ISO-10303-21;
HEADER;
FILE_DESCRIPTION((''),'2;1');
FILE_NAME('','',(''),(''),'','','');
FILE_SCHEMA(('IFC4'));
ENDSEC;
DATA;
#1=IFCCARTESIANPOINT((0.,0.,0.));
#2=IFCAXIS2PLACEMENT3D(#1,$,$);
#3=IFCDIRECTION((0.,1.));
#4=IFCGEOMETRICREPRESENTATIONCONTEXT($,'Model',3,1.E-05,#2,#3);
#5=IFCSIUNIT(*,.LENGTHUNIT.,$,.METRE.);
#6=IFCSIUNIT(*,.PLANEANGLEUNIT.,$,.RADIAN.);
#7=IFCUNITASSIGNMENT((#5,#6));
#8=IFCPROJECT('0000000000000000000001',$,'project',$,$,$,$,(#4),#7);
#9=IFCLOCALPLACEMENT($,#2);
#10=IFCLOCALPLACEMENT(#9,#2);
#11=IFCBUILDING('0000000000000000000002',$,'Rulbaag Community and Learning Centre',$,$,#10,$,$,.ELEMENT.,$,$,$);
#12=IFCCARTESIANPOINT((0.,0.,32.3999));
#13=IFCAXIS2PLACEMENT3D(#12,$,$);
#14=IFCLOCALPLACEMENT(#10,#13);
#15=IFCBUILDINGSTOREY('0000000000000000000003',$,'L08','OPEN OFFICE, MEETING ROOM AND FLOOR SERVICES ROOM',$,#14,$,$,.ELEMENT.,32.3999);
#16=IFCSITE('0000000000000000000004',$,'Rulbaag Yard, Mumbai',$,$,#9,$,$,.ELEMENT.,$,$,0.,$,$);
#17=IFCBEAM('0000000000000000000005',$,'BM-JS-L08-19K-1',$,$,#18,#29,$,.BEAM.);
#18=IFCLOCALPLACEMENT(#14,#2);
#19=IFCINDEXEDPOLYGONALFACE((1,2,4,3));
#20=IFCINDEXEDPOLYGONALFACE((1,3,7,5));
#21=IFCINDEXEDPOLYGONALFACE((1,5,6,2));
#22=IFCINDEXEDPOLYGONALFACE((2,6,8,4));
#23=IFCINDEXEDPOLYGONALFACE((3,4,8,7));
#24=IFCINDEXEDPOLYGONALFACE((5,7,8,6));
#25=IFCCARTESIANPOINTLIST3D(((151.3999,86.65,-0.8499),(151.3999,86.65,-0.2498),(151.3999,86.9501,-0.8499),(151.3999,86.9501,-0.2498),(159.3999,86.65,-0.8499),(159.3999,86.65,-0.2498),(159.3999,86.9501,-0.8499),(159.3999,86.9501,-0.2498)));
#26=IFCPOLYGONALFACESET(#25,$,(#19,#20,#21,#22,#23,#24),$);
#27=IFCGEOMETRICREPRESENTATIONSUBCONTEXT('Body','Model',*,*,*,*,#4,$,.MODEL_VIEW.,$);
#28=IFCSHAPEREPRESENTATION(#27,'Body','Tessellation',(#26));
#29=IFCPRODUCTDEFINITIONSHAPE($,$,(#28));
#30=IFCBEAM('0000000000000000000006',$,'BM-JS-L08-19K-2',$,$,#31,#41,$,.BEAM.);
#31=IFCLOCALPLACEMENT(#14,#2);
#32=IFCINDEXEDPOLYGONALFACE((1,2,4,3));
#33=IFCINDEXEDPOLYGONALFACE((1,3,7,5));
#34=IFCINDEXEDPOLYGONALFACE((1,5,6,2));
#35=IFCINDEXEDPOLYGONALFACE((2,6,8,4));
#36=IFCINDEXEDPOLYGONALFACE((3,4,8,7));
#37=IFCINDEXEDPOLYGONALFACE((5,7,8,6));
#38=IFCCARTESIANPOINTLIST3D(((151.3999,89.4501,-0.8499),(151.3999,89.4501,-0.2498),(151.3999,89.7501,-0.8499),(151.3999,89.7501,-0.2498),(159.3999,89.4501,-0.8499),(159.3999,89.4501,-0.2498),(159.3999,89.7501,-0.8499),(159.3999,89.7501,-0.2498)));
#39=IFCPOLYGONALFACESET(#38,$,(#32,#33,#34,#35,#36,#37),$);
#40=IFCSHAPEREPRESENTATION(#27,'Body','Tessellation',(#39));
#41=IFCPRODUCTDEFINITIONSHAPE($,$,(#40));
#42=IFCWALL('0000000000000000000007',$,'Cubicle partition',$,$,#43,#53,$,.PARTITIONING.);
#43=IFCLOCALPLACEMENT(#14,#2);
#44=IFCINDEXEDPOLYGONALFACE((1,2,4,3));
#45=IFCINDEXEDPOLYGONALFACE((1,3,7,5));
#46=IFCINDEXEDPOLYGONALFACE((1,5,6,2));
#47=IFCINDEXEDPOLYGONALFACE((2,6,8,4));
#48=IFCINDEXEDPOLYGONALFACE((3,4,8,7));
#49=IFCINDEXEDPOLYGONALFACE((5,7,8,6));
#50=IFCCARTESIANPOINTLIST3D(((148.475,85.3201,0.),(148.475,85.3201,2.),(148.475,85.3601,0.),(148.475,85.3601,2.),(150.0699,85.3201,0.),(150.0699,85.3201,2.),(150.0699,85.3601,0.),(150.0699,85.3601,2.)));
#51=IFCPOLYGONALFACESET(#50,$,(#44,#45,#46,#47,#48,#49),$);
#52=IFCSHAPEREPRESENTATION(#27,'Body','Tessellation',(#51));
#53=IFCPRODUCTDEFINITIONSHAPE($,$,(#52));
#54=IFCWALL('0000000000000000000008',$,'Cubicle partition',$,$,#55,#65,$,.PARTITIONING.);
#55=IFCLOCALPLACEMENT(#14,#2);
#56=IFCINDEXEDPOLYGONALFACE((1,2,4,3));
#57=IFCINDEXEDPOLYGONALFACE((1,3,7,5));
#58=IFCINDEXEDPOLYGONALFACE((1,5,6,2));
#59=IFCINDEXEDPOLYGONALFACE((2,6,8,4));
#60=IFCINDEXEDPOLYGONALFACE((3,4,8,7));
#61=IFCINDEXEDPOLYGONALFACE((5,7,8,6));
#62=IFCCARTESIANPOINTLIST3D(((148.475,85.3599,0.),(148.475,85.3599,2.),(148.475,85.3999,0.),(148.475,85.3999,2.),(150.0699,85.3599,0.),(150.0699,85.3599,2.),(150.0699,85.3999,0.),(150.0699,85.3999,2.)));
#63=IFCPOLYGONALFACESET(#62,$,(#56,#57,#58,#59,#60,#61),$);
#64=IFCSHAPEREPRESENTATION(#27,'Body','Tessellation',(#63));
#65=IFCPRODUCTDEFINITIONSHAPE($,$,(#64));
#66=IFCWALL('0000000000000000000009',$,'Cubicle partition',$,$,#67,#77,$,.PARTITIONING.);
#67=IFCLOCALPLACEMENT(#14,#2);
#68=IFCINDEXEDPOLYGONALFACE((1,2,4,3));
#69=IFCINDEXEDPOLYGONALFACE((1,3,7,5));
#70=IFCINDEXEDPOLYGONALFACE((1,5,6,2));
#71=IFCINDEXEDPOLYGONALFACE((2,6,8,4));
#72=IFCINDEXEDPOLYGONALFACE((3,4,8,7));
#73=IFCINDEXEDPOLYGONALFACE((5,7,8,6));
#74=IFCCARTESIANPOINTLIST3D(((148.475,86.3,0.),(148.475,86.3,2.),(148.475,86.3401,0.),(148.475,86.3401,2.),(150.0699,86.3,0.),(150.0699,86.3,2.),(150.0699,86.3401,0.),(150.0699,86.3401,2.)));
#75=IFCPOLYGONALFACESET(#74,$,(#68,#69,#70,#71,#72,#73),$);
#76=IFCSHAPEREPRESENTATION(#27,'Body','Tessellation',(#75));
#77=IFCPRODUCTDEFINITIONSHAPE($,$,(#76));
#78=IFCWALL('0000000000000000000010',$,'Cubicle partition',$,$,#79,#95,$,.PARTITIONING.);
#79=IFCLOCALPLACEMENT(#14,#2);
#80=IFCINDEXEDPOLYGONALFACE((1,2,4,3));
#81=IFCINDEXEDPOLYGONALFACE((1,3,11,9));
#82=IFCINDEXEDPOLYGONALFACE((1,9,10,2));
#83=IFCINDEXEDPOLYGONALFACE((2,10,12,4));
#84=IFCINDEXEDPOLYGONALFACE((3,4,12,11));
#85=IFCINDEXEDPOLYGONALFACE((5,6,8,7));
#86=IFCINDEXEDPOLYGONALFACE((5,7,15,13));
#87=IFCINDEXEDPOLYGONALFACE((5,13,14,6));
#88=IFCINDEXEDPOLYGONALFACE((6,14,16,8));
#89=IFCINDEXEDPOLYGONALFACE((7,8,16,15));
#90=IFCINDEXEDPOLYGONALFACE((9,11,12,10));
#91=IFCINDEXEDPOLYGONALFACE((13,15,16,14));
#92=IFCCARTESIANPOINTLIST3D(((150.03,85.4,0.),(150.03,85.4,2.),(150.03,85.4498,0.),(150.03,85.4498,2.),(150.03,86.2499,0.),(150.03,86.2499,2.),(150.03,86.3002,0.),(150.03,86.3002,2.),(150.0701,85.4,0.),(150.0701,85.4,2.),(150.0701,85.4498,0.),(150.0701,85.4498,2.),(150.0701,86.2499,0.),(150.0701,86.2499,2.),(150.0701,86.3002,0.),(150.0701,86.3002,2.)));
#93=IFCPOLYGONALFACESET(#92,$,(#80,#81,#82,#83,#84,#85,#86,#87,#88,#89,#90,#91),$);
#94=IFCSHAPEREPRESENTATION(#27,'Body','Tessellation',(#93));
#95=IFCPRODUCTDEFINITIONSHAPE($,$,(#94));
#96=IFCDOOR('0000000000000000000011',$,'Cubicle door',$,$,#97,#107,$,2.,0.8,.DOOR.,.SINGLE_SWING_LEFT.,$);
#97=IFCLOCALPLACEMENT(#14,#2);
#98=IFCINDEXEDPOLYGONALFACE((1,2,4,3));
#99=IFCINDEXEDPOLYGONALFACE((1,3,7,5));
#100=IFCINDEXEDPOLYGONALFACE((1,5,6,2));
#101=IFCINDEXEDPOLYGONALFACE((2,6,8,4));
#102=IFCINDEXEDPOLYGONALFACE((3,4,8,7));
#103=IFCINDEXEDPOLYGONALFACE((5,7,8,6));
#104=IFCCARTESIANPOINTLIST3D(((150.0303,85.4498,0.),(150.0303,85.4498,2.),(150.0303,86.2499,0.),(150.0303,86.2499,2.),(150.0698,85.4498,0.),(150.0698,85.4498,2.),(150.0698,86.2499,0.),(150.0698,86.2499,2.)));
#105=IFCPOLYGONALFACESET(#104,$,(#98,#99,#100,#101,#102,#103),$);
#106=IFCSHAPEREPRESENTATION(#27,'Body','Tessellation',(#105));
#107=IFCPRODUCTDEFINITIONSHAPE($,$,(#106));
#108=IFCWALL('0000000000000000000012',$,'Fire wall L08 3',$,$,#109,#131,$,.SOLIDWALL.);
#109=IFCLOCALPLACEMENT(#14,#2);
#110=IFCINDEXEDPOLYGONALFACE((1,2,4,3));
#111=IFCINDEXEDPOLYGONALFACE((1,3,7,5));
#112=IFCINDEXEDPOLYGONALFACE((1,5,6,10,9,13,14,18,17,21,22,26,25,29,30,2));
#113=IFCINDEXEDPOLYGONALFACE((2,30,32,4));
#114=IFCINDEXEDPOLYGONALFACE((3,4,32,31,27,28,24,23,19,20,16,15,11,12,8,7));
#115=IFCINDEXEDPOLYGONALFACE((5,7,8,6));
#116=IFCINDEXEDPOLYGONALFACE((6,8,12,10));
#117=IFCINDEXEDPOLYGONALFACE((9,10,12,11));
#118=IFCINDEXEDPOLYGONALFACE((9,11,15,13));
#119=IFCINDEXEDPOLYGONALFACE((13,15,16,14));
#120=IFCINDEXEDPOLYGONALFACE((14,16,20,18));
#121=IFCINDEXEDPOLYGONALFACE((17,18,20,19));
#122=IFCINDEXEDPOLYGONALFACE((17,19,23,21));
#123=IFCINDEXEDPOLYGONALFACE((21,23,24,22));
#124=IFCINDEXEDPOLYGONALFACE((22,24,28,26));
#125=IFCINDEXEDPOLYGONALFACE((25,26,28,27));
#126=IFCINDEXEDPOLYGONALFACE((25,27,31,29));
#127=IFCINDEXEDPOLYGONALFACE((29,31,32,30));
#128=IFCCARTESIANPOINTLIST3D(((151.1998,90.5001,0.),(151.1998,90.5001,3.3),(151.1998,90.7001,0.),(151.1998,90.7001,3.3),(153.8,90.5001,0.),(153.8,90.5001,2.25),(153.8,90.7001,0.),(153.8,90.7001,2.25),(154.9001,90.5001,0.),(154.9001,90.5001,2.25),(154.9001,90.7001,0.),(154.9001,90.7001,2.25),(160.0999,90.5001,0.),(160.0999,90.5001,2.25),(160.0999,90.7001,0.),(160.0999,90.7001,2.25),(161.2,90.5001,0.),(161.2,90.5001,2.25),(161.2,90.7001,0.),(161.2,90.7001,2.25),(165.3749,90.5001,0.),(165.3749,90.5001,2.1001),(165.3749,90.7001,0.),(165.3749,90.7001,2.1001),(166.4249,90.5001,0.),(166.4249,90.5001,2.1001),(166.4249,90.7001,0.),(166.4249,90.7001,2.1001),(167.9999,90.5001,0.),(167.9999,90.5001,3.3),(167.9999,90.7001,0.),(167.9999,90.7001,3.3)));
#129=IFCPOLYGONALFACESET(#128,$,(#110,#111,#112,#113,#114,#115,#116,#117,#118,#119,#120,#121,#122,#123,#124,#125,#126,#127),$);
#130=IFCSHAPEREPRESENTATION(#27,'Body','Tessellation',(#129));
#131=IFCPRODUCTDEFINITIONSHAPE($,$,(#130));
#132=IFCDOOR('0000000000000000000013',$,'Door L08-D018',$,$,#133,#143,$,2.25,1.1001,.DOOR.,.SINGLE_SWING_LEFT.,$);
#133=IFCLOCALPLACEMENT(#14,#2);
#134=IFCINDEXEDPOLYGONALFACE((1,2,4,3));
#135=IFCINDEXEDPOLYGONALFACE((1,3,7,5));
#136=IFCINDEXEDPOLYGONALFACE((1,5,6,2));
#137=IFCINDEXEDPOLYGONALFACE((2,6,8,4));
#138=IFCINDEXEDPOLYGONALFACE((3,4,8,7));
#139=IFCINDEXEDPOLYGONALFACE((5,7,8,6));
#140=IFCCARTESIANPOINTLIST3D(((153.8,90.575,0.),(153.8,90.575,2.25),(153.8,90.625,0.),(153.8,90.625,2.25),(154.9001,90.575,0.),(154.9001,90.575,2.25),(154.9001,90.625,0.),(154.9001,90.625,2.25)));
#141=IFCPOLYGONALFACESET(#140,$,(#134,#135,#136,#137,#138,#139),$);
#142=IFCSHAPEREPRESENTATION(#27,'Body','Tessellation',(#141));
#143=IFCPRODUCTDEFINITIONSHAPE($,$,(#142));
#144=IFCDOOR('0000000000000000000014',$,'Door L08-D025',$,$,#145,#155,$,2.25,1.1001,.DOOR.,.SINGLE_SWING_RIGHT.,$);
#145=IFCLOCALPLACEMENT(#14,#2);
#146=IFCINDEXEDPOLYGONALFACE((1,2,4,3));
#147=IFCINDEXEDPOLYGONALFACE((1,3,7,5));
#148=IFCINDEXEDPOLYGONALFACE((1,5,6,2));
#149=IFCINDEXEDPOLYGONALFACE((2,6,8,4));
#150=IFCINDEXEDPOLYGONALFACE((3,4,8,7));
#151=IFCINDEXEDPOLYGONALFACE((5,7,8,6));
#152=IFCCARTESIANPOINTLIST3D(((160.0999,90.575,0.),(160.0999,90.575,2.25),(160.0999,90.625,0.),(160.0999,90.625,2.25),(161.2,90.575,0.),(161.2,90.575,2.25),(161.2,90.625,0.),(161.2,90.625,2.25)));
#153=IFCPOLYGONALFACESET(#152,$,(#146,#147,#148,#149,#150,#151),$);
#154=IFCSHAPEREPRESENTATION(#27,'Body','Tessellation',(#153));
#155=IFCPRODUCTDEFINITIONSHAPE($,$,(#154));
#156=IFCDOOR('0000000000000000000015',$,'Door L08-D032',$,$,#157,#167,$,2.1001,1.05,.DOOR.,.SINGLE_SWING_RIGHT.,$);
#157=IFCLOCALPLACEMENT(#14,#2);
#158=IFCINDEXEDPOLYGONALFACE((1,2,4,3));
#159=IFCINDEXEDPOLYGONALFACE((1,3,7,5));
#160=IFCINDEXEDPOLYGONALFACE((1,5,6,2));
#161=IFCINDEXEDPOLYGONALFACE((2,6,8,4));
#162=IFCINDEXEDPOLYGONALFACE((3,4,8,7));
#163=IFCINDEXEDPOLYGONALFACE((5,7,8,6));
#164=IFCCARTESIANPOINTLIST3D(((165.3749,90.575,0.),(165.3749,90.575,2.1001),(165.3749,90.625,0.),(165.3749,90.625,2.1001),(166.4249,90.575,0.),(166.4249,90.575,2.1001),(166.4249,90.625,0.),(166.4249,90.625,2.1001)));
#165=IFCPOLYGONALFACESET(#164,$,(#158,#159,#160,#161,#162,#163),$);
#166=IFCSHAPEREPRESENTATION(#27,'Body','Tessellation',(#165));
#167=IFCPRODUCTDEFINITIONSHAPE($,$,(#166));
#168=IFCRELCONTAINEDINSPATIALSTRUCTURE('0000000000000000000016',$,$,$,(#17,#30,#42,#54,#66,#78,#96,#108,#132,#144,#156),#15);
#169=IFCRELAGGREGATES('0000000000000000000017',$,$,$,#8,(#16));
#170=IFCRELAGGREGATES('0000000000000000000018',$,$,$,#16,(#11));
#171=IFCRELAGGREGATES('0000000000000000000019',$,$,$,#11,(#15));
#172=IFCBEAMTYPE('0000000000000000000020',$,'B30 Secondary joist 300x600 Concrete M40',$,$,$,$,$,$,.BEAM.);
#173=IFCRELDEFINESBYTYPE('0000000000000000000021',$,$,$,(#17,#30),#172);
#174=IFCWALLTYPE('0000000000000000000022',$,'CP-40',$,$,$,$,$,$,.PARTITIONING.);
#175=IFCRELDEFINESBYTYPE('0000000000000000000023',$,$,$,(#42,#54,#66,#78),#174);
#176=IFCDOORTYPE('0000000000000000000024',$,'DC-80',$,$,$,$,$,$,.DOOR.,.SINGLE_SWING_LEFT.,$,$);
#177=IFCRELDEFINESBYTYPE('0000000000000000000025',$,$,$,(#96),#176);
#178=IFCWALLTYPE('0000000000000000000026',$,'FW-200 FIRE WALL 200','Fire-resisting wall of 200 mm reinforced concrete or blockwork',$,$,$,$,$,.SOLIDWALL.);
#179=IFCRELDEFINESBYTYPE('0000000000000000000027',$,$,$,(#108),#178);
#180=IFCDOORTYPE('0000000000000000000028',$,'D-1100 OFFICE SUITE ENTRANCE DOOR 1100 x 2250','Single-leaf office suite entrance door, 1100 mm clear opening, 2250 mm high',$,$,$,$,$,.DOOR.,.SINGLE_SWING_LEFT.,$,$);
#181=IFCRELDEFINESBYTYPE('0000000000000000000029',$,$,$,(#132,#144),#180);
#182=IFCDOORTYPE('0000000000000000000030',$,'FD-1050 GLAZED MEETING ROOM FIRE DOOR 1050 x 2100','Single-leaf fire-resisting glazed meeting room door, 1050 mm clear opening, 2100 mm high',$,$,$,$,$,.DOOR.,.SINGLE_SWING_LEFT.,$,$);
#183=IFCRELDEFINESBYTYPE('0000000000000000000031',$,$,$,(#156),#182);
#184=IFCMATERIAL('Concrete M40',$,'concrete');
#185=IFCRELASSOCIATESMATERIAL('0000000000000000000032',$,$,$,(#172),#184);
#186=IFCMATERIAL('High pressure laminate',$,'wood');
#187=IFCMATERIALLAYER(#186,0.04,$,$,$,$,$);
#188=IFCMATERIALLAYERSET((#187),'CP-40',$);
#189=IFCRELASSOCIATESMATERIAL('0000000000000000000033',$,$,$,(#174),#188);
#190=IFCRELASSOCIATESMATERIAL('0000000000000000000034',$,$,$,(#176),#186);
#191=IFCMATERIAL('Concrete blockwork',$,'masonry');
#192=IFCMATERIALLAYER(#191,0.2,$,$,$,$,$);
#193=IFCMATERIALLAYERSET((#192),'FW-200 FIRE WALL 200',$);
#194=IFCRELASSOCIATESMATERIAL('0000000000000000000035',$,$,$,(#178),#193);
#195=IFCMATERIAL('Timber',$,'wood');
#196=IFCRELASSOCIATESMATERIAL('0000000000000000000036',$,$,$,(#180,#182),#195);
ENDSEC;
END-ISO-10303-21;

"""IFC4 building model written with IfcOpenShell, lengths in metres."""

from ifc_helpers import new_model, si_unit, direction, frame, frame_2d, origin, origin_2d, place, context, subcontext, project, spatial, rectangle, extrude, material, layer, layer_set, material_profile, profile_set, type_object, element, fill, save


model = new_model("IFC4")

# Units and contexts
model_context = context("Model", 3, precision=1e-05, world=origin(), true_north=direction((0.0, 1.0)))
body_context = subcontext(model_context, "Body", "Model", "MODEL_VIEW")
ifc_project = project(units=[si_unit("LENGTHUNIT", "METRE"), si_unit("PLANEANGLEUNIT", "RADIAN")], contexts=[model_context])

# Site, building, storey
site_placement = place(None, origin())
site = spatial("IfcSite", under=ifc_project, at=site_placement, Name="Rulbaag Yard, Mumbai", CompositionType="ELEMENT", RefElevation=0.0)
building_placement = place(site_placement, origin())
building = spatial("IfcBuilding", under=site, at=building_placement, Name="Rulbaag Community and Learning Centre", CompositionType="ELEMENT")
storey_placement = place(building_placement, frame((0.0, 0.0, 32.3999)))
storey = spatial("IfcBuildingStorey", under=building, at=storey_placement, Name="L08", Description="OPEN OFFICE, MEETING ROOM AND FLOOR SERVICES ROOM", CompositionType="ELEMENT", Elevation=32.3999)

# Beams
ifc_material_1 = material(Name="Concrete M40", Category="concrete")
ifc_material_profile = material_profile(ifc_material_1, rectangle(XDim=0.3, YDim=0.6001, at=origin_2d()), Name="RB300x600")
ifc_profile_set = profile_set([ifc_material_profile], Name="Concrete M40")
beam_type = type_object("IfcBeamType", Name="B30 Secondary joist 300x600 Concrete M40", PredefinedType="BEAM", material=ifc_profile_set)
for number, where, z_axis, x_axis, name in (
    (1, (151.3999, 86.8, -0.5498), (1.0, 0.0, 0.0), (0.0, 1.0, 0.0), "BM-JS-L08-19K-1"),
    (2, (151.3999, 89.6001, -0.5498), (1.0, 0.0, 0.0), (0.0, 1.0, 0.0), "BM-JS-L08-19K-2"),
):
    element("IfcBeam", number, at=place(storey_placement, frame(where, z_axis=z_axis, x_axis=x_axis)), inside=storey, type_object=beam_type, Name=name, PredefinedType="BEAM", context=body_context, shape_type="SweptSolid", body=[
        extrude(rectangle(XDim=0.3, YDim=0.6001, at=origin_2d()), origin(), (0.0, 0.0, 1.0), 8.0),
    ])

# Walls
ifc_material_2 = material(Name="High pressure laminate", Category="wood")
ifc_layer_1 = layer(ifc_material_2, 0.04)
ifc_layer_set_1 = layer_set([ifc_layer_1], Name="CP-40")
wall_type_1 = type_object("IfcWallType", Name="CP-40", PredefinedType="PARTITIONING", material=ifc_layer_set_1)
for number, where, z_axis, x_axis, name in (
    (3, (148.4751, 85.3401, 0.0), (0.0, 0.0, 1.0), (1.0, 0.0, 0.0), "Cubicle partition"),
    (4, (148.4751, 85.3799, 0.0), (0.0, 0.0, 1.0), (1.0, 0.0, 0.0), "Cubicle partition"),
    (5, (148.4751, 86.3201, 0.0), (0.0, 0.0, 1.0), (1.0, 0.0, 0.0), "Cubicle partition"),
):
    element("IfcWall", number, at=place(storey_placement, frame(where, z_axis=z_axis, x_axis=x_axis)), inside=storey, type_object=wall_type_1, Name=name, PredefinedType="PARTITIONING", context=body_context, shape_type="SweptSolid", body=[
        extrude(rectangle(XDim=1.595, YDim=0.04, at=frame_2d((0.7974, 0.0))), origin(), (0.0, 0.0, 1.0), 2.0),
    ])

# Wall, opening, door
wall_1_placement = place(storey_placement, frame((150.05, 85.3999, 0.0), z_axis=(0.0, 0.0, 1.0), x_axis=(0.0, 1.0, 0.0)))
wall_1 = element("IfcWall", 6, at=wall_1_placement, inside=storey, type_object=wall_type_1, Name="Cubicle partition", PredefinedType="PARTITIONING", context=body_context, shape_type="SweptSolid", body=[
    extrude(rectangle(XDim=0.9001, YDim=0.04, at=frame_2d((0.4502, 0.0))), origin(), (0.0, 0.0, 1.0), 2.0),
])
opening_1_placement = place(wall_1_placement, frame((0.05, 0.0, 0.0)))
opening_1 = element("IfcOpeningElement", 7, at=opening_1_placement, cuts=wall_1, PredefinedType="OPENING", context=body_context, shape_type="SweptSolid", body=[
    extrude(rectangle(XDim=0.8, YDim=2.0, at=frame_2d((0.3999, 1.0))), frame((0.0, 0.03, 0.0), z_axis=(0.0, -1.0, 0.0), x_axis=(1.0, 0.0, 0.0)), (0.0, 0.0, 1.0), 0.0601),
])
door_type_1 = type_object("IfcDoorType", Name="DC-80", OperationType="SINGLE_SWING_LEFT", PredefinedType="DOOR", material=ifc_material_2)
door_1_placement = place(opening_1_placement, origin())
door_1 = element("IfcDoor", 8, at=door_1_placement, inside=storey, type_object=door_type_1, Name="Cubicle door", OperationType="SINGLE_SWING_LEFT", OverallHeight=2.0, OverallWidth=0.8, PredefinedType="DOOR", context=body_context, shape_type="SweptSolid", body=[
    extrude(rectangle(XDim=0.8, YDim=2.0, at=frame_2d((0.3999, 1.0))), frame((0.0, 0.0198, 0.0), z_axis=(0.0, -1.0, 0.0), x_axis=(1.0, 0.0, 0.0)), (0.0, 0.0, 1.0), 0.0396),
])
fill(opening_1, door_1)

# Wall, openings, doors
ifc_material_3 = material(Name="Concrete blockwork", Category="masonry")
ifc_layer_2 = layer(ifc_material_3, 0.2)
ifc_layer_set_2 = layer_set([ifc_layer_2], Name="FW-200 FIRE WALL 200")
wall_type_2 = type_object("IfcWallType", Name="FW-200 FIRE WALL 200", Description="Fire-resisting wall of 200 mm reinforced concrete or blockwork", PredefinedType="SOLIDWALL", material=ifc_layer_set_2)
wall_2_placement = place(storey_placement, frame((151.2, 90.6001, 0.0), z_axis=(0.0, 0.0, 1.0), x_axis=(1.0, 0.0, 0.0)))
wall_2 = element("IfcWall", 9, at=wall_2_placement, inside=storey, type_object=wall_type_2, Name="Fire wall L08 3", PredefinedType="SOLIDWALL", context=body_context, shape_type="SweptSolid", body=[
    extrude(rectangle(XDim=16.8, YDim=0.2, at=frame_2d((8.3999, 0.0))), origin(), (0.0, 0.0, 1.0), 3.3),
])
opening_2_placement = place(wall_2_placement, frame((2.6001, 0.0, 0.0)))
opening_2 = element("IfcOpeningElement", 10, at=opening_2_placement, cuts=wall_2, PredefinedType="OPENING", context=body_context, shape_type="SweptSolid", body=[
    extrude(rectangle(XDim=1.1001, YDim=2.25, at=frame_2d((0.55, 1.125))), frame((0.0, 0.1099, 0.0), z_axis=(0.0, -1.0, 0.0), x_axis=(1.0, 0.0, 0.0)), (0.0, 0.0, 1.0), 0.22),
])
opening_3_placement = place(wall_2_placement, frame((8.8999, 0.0, 0.0)))
opening_3 = element("IfcOpeningElement", 11, at=opening_3_placement, cuts=wall_2, PredefinedType="OPENING", context=body_context, shape_type="SweptSolid", body=[
    extrude(rectangle(XDim=1.1001, YDim=2.25, at=frame_2d((0.55, 1.125))), frame((0.0, 0.1099, 0.0), z_axis=(0.0, -1.0, 0.0), x_axis=(1.0, 0.0, 0.0)), (0.0, 0.0, 1.0), 0.22),
])
opening_4_placement = place(wall_2_placement, frame((14.175, 0.0, 0.0)))
opening_4 = element("IfcOpeningElement", 12, at=opening_4_placement, cuts=wall_2, PredefinedType="OPENING", context=body_context, shape_type="SweptSolid", body=[
    extrude(rectangle(XDim=1.05, YDim=2.1001, at=frame_2d((0.5249, 1.05))), frame((0.0, 0.1099, 0.0), z_axis=(0.0, -1.0, 0.0), x_axis=(1.0, 0.0, 0.0)), (0.0, 0.0, 1.0), 0.22),
])
ifc_material_4 = material(Name="Timber", Category="wood")
door_type_2 = type_object("IfcDoorType", Name="D-1100 OFFICE SUITE ENTRANCE DOOR 1100 x 2250", Description="Single-leaf office suite entrance door, 1100 mm clear opening, 2250 mm high", OperationType="SINGLE_SWING_LEFT", PredefinedType="DOOR", material=ifc_material_4)
door_2_placement = place(opening_2_placement, origin())
door_2 = element("IfcDoor", 13, at=door_2_placement, inside=storey, type_object=door_type_2, Name="Door L08-D018", OperationType="SINGLE_SWING_LEFT", OverallHeight=2.25, OverallWidth=1.1001, PredefinedType="DOOR", context=body_context, shape_type="SweptSolid", body=[
    extrude(rectangle(XDim=1.1001, YDim=2.25, at=frame_2d((0.55, 1.125))), frame((0.0, 0.0249, 0.0), z_axis=(0.0, -1.0, 0.0), x_axis=(1.0, 0.0, 0.0)), (0.0, 0.0, 1.0), 0.05),
])
fill(opening_2, door_2)
door_3_placement = place(opening_3_placement, origin())
door_3 = element("IfcDoor", 14, at=door_3_placement, inside=storey, type_object=door_type_2, Name="Door L08-D025", OperationType="SINGLE_SWING_RIGHT", OverallHeight=2.25, OverallWidth=1.1001, PredefinedType="DOOR", context=body_context, shape_type="SweptSolid", body=[
    extrude(rectangle(XDim=1.1001, YDim=2.25, at=frame_2d((0.55, 1.125))), frame((0.0, 0.0249, 0.0), z_axis=(0.0, -1.0, 0.0), x_axis=(1.0, 0.0, 0.0)), (0.0, 0.0, 1.0), 0.05),
])
fill(opening_3, door_3)
door_type_3 = type_object("IfcDoorType", Name="FD-1050 GLAZED MEETING ROOM FIRE DOOR 1050 x 2100", Description="Single-leaf fire-resisting glazed meeting room door, 1050 mm clear opening, 2100 mm high", OperationType="SINGLE_SWING_LEFT", PredefinedType="DOOR", material=ifc_material_4)
door_4_placement = place(opening_4_placement, origin())
door_4 = element("IfcDoor", 15, at=door_4_placement, inside=storey, type_object=door_type_3, Name="Door L08-D032", OperationType="SINGLE_SWING_RIGHT", OverallHeight=2.1001, OverallWidth=1.05, PredefinedType="DOOR", context=body_context, shape_type="SweptSolid", body=[
    extrude(rectangle(XDim=1.05, YDim=2.1001, at=frame_2d((0.5249, 1.05))), frame((0.0, 0.0249, 0.0), z_axis=(0.0, -1.0, 0.0), x_axis=(1.0, 0.0, 0.0)), (0.0, 0.0, 1.0), 0.05),
])
fill(opening_4, door_4)

save(model, "model.ifc")
